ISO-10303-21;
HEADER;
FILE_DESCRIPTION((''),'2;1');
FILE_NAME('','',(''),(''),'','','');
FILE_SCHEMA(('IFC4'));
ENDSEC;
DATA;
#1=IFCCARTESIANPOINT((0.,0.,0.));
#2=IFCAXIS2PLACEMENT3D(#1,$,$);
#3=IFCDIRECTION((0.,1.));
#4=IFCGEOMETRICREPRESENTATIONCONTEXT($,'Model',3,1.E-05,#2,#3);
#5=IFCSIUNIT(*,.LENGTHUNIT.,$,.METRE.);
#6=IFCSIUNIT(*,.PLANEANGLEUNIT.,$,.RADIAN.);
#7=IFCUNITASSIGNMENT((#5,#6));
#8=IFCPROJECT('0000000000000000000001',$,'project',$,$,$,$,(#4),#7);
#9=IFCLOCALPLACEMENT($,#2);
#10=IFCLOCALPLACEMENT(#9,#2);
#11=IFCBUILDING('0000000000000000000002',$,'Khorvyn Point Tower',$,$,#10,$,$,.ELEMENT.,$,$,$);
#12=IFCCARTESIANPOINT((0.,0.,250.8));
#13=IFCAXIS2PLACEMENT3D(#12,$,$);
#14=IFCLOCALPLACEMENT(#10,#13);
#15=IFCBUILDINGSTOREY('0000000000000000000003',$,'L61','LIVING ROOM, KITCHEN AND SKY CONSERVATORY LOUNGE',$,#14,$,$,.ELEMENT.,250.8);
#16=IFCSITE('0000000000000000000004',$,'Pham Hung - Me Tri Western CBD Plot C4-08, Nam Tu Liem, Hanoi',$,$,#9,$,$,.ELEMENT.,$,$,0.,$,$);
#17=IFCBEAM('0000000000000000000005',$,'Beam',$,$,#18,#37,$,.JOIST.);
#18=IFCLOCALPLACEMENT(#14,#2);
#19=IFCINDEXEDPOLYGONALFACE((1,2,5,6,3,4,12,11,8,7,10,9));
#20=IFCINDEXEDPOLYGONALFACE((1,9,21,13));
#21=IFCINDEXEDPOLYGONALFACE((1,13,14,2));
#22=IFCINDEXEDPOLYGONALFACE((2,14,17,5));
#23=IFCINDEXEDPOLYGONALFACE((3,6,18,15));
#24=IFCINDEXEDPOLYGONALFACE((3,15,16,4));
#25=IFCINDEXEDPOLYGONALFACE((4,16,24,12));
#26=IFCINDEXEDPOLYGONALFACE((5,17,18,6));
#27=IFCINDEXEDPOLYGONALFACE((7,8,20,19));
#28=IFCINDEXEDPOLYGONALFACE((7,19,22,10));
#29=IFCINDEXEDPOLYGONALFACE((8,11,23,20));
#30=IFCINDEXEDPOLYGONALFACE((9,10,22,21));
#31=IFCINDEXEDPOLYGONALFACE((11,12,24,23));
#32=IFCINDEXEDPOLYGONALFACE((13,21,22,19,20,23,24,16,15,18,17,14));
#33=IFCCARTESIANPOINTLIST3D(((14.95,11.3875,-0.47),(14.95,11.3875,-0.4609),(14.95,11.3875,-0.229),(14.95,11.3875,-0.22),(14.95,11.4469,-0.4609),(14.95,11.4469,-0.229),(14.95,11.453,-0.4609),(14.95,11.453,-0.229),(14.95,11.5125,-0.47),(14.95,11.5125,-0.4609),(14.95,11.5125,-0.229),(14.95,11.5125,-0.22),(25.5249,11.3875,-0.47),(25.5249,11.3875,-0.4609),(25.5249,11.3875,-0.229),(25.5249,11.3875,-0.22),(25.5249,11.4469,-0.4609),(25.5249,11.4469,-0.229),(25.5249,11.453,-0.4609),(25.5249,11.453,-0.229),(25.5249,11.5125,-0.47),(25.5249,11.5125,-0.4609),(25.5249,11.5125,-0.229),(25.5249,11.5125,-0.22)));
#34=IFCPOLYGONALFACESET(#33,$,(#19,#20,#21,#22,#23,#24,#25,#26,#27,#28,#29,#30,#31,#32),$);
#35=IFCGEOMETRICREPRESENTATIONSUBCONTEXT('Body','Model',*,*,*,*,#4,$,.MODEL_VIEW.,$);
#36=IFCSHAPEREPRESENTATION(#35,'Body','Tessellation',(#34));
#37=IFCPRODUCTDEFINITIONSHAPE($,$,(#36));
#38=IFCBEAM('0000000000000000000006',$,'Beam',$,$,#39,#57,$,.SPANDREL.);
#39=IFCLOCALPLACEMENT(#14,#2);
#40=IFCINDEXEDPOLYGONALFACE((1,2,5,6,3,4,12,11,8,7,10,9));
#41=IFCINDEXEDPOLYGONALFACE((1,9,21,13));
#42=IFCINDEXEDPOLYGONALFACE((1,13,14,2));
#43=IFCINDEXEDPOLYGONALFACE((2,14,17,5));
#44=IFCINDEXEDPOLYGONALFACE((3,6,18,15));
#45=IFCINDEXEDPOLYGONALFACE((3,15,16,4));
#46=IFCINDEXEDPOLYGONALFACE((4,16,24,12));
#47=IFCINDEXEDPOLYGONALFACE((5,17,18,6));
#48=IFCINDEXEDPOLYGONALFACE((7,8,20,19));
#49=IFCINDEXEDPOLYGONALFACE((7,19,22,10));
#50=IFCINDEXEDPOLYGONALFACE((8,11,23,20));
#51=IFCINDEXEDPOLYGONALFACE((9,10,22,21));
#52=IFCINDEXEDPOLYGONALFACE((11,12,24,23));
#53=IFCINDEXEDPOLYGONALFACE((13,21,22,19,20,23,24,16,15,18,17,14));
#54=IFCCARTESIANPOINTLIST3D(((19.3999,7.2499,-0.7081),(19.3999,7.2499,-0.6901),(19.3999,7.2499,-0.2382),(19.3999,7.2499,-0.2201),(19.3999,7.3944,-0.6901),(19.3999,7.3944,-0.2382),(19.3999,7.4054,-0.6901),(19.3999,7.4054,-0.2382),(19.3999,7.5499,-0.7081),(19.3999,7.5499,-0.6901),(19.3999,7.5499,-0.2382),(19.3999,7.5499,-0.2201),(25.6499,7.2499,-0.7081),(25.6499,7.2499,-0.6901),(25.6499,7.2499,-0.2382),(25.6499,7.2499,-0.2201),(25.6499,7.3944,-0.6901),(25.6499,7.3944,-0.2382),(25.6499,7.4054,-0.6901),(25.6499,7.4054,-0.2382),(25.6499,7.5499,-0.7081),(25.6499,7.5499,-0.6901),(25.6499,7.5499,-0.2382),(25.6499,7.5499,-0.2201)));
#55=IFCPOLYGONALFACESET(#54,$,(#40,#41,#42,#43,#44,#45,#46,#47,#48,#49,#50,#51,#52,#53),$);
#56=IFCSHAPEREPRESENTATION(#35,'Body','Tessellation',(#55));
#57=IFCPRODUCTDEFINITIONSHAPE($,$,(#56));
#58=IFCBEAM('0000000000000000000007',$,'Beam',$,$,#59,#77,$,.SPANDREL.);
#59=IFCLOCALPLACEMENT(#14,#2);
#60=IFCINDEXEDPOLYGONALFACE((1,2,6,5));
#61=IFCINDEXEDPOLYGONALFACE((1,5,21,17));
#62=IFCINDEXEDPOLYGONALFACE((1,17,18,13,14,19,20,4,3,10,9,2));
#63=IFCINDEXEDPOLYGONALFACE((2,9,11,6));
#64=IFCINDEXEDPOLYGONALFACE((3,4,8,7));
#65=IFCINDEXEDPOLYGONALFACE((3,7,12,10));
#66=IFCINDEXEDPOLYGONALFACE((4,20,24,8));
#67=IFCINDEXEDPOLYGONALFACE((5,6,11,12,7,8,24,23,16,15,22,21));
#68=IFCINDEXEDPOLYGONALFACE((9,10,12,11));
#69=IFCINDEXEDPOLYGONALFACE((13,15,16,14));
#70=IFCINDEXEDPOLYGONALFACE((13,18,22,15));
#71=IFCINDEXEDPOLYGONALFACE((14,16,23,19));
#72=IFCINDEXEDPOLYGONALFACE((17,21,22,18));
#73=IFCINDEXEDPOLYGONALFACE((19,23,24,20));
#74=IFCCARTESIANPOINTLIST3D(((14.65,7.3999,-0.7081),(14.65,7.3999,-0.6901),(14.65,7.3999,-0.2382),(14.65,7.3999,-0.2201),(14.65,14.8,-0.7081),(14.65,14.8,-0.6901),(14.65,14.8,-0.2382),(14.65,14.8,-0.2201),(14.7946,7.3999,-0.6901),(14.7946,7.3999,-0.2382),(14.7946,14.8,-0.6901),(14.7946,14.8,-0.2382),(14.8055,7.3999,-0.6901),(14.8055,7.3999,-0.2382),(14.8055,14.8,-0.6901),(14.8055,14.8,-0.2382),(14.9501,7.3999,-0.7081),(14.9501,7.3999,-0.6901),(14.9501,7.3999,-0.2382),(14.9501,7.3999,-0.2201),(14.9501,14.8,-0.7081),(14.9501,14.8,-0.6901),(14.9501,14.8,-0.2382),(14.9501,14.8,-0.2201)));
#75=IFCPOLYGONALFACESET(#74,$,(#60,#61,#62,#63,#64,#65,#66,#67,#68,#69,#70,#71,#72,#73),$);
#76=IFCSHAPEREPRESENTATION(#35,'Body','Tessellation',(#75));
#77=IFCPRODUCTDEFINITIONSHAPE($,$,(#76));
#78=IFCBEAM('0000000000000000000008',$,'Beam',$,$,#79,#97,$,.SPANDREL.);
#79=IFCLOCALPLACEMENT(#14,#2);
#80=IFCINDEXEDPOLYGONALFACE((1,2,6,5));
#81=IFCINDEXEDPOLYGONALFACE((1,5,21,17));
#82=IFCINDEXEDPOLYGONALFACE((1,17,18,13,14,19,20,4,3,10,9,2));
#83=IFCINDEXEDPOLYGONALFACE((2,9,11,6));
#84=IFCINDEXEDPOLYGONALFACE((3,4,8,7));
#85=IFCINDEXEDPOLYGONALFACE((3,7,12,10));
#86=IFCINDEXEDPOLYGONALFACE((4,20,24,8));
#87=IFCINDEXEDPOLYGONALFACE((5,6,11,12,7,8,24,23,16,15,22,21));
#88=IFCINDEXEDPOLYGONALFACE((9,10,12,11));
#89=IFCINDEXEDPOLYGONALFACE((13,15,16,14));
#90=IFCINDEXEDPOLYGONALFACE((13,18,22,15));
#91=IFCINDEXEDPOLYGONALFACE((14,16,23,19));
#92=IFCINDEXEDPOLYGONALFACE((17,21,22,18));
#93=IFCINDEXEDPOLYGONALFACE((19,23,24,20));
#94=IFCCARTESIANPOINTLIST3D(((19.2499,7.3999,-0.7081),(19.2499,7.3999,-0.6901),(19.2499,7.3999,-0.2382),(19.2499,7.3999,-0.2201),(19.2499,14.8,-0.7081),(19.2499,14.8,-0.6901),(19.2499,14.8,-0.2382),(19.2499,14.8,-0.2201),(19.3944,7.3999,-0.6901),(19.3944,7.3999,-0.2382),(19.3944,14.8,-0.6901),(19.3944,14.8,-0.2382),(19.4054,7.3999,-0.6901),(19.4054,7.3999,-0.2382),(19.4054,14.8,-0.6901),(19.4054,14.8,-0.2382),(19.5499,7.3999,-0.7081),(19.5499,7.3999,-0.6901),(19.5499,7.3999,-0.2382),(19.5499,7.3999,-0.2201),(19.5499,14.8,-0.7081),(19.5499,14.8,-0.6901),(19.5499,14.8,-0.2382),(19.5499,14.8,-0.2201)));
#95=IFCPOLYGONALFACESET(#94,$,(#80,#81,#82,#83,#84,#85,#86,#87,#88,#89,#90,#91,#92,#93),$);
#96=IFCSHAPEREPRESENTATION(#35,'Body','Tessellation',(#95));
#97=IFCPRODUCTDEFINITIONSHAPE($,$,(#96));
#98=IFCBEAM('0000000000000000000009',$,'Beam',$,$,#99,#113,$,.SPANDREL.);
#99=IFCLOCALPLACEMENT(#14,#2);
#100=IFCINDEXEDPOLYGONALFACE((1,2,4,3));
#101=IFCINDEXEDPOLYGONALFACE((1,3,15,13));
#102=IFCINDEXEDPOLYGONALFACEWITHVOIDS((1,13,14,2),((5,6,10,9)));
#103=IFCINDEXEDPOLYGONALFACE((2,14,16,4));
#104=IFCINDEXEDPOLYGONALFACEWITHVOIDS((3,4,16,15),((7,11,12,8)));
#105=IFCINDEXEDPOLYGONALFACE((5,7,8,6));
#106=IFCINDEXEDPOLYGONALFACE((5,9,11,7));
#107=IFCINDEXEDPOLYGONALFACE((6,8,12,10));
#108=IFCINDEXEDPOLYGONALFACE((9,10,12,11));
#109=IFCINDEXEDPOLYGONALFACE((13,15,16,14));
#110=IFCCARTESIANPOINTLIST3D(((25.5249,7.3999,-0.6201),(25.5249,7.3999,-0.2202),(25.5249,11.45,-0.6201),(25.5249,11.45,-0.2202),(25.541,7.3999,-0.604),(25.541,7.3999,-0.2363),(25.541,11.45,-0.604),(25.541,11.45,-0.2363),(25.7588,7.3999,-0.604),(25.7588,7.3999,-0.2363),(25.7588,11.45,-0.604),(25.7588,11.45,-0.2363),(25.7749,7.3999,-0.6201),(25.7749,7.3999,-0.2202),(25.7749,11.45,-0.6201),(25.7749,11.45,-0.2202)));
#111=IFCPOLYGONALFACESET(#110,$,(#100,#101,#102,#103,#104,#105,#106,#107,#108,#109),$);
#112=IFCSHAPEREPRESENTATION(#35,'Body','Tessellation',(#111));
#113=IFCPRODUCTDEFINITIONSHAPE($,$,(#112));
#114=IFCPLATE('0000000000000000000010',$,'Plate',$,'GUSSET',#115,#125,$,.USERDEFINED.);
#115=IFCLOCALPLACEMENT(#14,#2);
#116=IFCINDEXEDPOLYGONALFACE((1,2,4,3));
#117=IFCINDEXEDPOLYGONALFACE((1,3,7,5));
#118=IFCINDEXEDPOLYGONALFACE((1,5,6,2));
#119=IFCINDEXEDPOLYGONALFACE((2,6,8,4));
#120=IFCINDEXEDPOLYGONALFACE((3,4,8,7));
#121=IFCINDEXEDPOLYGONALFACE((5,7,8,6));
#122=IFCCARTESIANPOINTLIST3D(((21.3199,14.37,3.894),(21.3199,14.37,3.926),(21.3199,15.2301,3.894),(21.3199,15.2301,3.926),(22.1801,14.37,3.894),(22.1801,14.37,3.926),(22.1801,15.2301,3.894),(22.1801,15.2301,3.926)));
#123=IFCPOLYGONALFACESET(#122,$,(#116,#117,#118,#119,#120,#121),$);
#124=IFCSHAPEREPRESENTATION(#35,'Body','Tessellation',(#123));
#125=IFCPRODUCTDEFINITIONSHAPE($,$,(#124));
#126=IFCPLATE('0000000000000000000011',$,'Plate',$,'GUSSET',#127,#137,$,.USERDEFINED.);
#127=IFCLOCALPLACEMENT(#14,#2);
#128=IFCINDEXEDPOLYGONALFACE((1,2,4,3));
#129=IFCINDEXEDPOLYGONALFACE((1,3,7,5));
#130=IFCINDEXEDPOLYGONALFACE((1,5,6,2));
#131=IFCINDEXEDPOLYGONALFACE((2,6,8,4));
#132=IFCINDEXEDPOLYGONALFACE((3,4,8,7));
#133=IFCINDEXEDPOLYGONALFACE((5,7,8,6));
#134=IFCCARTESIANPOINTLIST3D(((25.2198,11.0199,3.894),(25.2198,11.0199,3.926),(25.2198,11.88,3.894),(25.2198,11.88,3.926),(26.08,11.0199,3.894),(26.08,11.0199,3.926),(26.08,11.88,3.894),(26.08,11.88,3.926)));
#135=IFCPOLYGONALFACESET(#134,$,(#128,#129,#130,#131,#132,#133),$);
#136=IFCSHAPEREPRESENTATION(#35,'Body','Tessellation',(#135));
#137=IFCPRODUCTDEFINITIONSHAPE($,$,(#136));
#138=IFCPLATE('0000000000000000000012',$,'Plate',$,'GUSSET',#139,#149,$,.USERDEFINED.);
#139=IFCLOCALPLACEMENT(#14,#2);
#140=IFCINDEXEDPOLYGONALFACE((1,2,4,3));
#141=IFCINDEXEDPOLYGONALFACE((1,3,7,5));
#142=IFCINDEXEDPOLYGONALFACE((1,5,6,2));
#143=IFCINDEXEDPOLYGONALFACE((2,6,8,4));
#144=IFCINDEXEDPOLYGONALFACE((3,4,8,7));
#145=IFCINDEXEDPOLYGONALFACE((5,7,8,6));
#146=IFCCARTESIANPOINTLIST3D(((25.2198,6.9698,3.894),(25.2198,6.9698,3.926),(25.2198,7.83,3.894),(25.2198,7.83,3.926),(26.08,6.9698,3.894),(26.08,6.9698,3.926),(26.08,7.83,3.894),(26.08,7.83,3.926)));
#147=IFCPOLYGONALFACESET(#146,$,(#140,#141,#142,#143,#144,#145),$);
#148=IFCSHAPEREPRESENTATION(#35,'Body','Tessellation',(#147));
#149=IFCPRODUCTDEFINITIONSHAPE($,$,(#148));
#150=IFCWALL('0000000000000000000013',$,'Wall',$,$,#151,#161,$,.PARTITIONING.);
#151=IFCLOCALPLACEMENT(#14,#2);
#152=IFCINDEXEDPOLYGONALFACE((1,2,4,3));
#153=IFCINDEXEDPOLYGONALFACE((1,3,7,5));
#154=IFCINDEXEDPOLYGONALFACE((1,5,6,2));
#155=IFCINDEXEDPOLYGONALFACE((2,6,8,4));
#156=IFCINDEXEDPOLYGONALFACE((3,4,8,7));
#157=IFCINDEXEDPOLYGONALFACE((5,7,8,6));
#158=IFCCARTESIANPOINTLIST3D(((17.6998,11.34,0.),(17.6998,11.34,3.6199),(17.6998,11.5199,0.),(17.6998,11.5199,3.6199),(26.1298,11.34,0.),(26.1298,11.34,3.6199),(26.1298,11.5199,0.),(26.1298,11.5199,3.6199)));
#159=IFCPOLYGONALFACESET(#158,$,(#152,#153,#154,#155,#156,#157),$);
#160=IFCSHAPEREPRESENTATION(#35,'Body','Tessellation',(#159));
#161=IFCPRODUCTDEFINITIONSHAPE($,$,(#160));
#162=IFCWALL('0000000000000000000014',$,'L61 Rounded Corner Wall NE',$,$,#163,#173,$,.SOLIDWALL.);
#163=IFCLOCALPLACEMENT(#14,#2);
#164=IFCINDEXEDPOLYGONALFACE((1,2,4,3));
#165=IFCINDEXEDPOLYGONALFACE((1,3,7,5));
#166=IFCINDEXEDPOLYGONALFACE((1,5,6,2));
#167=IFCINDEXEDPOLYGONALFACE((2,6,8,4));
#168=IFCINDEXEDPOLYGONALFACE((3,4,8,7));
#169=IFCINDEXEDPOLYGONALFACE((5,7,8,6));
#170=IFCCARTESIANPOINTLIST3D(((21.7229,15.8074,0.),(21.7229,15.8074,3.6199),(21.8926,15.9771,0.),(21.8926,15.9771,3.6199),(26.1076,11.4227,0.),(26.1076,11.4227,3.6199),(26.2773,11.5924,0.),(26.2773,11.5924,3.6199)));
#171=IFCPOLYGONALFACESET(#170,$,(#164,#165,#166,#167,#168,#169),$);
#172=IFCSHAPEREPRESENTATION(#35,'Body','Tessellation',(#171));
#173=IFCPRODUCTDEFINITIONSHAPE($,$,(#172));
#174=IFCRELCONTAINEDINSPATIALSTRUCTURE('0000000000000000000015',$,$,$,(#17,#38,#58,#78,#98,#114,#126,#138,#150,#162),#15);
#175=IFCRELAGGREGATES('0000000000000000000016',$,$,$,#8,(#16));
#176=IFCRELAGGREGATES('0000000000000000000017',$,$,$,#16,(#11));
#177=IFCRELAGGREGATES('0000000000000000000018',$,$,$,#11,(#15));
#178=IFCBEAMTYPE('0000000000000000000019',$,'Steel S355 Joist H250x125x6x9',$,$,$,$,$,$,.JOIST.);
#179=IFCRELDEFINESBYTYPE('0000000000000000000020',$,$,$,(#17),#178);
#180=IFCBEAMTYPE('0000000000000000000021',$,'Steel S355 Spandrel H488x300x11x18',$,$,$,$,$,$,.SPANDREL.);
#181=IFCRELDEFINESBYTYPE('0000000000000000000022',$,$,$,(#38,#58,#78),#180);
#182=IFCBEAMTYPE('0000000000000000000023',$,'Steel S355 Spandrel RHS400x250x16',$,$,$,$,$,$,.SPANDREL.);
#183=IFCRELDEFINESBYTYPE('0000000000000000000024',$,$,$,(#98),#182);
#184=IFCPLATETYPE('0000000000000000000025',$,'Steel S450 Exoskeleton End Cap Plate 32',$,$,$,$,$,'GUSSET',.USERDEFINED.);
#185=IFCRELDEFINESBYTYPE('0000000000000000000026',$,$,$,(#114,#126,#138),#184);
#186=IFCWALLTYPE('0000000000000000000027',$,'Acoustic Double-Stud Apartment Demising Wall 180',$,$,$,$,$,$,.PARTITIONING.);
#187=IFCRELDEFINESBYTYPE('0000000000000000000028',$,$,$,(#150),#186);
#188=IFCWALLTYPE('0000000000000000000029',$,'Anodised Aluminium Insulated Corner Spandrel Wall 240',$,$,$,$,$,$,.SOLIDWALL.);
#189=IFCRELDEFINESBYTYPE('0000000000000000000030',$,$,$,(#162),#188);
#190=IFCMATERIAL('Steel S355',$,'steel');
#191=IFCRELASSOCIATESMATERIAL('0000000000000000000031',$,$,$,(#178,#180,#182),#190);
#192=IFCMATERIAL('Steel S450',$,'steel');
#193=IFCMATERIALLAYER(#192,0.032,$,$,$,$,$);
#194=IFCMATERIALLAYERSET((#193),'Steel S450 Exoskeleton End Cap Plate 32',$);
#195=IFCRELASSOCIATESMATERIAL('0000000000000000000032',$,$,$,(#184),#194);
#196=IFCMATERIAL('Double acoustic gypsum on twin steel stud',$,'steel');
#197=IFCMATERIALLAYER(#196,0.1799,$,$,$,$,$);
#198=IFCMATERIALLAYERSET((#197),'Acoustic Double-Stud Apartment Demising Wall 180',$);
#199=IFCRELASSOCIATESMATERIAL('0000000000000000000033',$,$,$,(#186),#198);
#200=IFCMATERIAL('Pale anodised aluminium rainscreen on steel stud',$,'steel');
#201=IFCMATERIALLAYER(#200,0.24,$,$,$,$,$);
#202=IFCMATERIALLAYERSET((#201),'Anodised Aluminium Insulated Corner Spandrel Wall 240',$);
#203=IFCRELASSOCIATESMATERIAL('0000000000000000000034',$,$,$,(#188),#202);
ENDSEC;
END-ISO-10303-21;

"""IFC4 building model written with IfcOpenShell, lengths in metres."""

from ifc_helpers import new_model, si_unit, direction, frame, frame_2d, origin, origin_2d, place, context, subcontext, project, spatial, rectangle, hollow_rectangle, i_section, extrude, material, layer, layer_set, material_profile, profile_set, type_object, element, save


model = new_model("IFC4")

# Units and contexts
model_context = context("Model", 3, precision=1e-05, world=origin(), true_north=direction((0.0, 1.0)))
body_context = subcontext(model_context, "Body", "Model", "MODEL_VIEW")
ifc_project = project(units=[si_unit("LENGTHUNIT", "METRE"), si_unit("PLANEANGLEUNIT", "RADIAN")], contexts=[model_context])

# Site, building, storey
site_placement = place(None, origin())
site = spatial("IfcSite", under=ifc_project, at=site_placement, Name="Pham Hung - Me Tri Western CBD Plot C4-08, Nam Tu Liem, Hanoi", CompositionType="ELEMENT", RefElevation=0.0)
building_placement = place(site_placement, origin())
building = spatial("IfcBuilding", under=site, at=building_placement, Name="Khorvyn Point Tower", CompositionType="ELEMENT")
storey_placement = place(building_placement, frame((0.0, 0.0, 250.8)))
storey = spatial("IfcBuildingStorey", under=building, at=storey_placement, Name="L61", Description="LIVING ROOM, KITCHEN AND SKY CONSERVATORY LOUNGE", CompositionType="ELEMENT", Elevation=250.8)

# Shared definitions
ifc_material_1 = material(Name="Steel S450", Category="steel")

# Beams
ifc_material_2 = material(Name="Steel S355", Category="steel")
ifc_material_profile_1 = material_profile(ifc_material_2, i_section(OverallWidth=0.125, OverallDepth=0.25, WebThickness=0.0061, FlangeThickness=0.009, at=origin_2d()))
ifc_profile_set_1 = profile_set([ifc_material_profile_1], Name="Steel S355 H250x125x6x9")
beam_type_1 = type_object("IfcBeamType", Name="Steel S355 Joist H250x125x6x9", PredefinedType="JOIST", material=ifc_profile_set_1)
beam_1_placement = place(storey_placement, frame((14.95, 11.45, -0.345), z_axis=(1.0, 0.0, 0.0), x_axis=(0.0, 1.0, 0.0)))
element("IfcBeam", 1, at=beam_1_placement, inside=storey, type_object=beam_type_1, Name="Beam", PredefinedType="JOIST", context=body_context, shape_type="SweptSolid", body=[
    extrude(i_section(OverallWidth=0.125, OverallDepth=0.25, WebThickness=0.0061, FlangeThickness=0.009, at=origin_2d()), origin(), (0.0, 0.0, 1.0), 10.575),
])
ifc_material_profile_2 = material_profile(ifc_material_2, i_section(OverallWidth=0.3, OverallDepth=0.488, WebThickness=0.011, FlangeThickness=0.0181, at=origin_2d()))
ifc_profile_set_2 = profile_set([ifc_material_profile_2], Name="Steel S355 H488x300x11x18")
beam_type_2 = type_object("IfcBeamType", Name="Steel S355 Spandrel H488x300x11x18", PredefinedType="SPANDREL", material=ifc_profile_set_2)
beam_2_placement = place(storey_placement, frame((19.3999, 7.3999, -0.4641), z_axis=(1.0, 0.0, 0.0), x_axis=(0.0, 1.0, 0.0)))
element("IfcBeam", 2, at=beam_2_placement, inside=storey, type_object=beam_type_2, Name="Beam", PredefinedType="SPANDREL", context=body_context, shape_type="SweptSolid", body=[
    extrude(i_section(OverallWidth=0.3, OverallDepth=0.488, WebThickness=0.011, FlangeThickness=0.0181, at=origin_2d()), origin(), (0.0, 0.0, 1.0), 6.25),
])
for number, where, z_axis, x_axis, name in (
    (3, (14.8, 7.3999, -0.4641), (0.0, 1.0, 0.0), (-1.0, 0.0, 0.0), "Beam"),
    (4, (19.3999, 7.3999, -0.4641), (0.0, 1.0, 0.0), (-1.0, 0.0, 0.0), "Beam"),
):
    element("IfcBeam", number, at=place(storey_placement, frame(where, z_axis=z_axis, x_axis=x_axis)), inside=storey, type_object=beam_type_2, Name=name, PredefinedType="SPANDREL", context=body_context, shape_type="SweptSolid", body=[
        extrude(i_section(OverallWidth=0.3, OverallDepth=0.488, WebThickness=0.011, FlangeThickness=0.0181, at=origin_2d()), origin(), (0.0, 0.0, 1.0), 7.4001),
    ])
ifc_material_profile_3 = material_profile(ifc_material_2, hollow_rectangle(XDim=0.25, YDim=0.3999, WallThickness=0.0161, at=origin_2d()))
ifc_profile_set_3 = profile_set([ifc_material_profile_3], Name="Steel S355 RHS400x250x16")
beam_type_3 = type_object("IfcBeamType", Name="Steel S355 Spandrel RHS400x250x16", PredefinedType="SPANDREL", material=ifc_profile_set_3)
beam_3_placement = place(storey_placement, frame((25.6499, 7.3999, -0.4202), z_axis=(0.0, 1.0, 0.0), x_axis=(-1.0, 0.0, 0.0)))
element("IfcBeam", 5, at=beam_3_placement, inside=storey, type_object=beam_type_3, Name="Beam", PredefinedType="SPANDREL", context=body_context, shape_type="SweptSolid", body=[
    extrude(hollow_rectangle(XDim=0.25, YDim=0.3999, WallThickness=0.0161, at=origin_2d()), origin(), (0.0, 0.0, 1.0), 4.05),
])

# Plates
ifc_layer_1 = layer(ifc_material_1, 0.032)
ifc_layer_set_1 = layer_set([ifc_layer_1], Name="Steel S450 Exoskeleton End Cap Plate 32")
plate_type = type_object("IfcPlateType", Name="Steel S450 Exoskeleton End Cap Plate 32", ElementType="GUSSET", PredefinedType="USERDEFINED", material=ifc_layer_set_1)
for number, where, z_axis, x_axis, name in (
    (6, (21.75, 14.8, 3.894), (0.0, 0.0, 1.0), (1.0, 0.0, 0.0), "Plate"),
    (7, (25.6499, 11.45, 3.894), (0.0, 0.0, 1.0), (1.0, 0.0, 0.0), "Plate"),
    (8, (25.6499, 7.3999, 3.894), (0.0, 0.0, 1.0), (1.0, 0.0, 0.0), "Plate"),
):
    element("IfcPlate", number, at=place(storey_placement, frame(where, z_axis=z_axis, x_axis=x_axis)), inside=storey, type_object=plate_type, Name=name, ObjectType="GUSSET", PredefinedType="USERDEFINED", context=body_context, shape_type="SweptSolid", body=[
        extrude(rectangle(XDim=0.8601, YDim=0.8601, at=origin_2d()), origin(), (0.0, 0.0, 1.0), 0.032),
    ])

# Walls
ifc_material_3 = material(Name="Double acoustic gypsum on twin steel stud", Category="steel")
ifc_layer_2 = layer(ifc_material_3, 0.1799)
ifc_layer_set_2 = layer_set([ifc_layer_2], Name="Acoustic Double-Stud Apartment Demising Wall 180")
wall_type_1 = type_object("IfcWallType", Name="Acoustic Double-Stud Apartment Demising Wall 180", PredefinedType="PARTITIONING", material=ifc_layer_set_2)
wall_1_placement = place(storey_placement, frame((17.7, 11.4299, 0.0), z_axis=(0.0, 0.0, 1.0), x_axis=(1.0, 0.0, 0.0)))
element("IfcWall", 9, at=wall_1_placement, inside=storey, type_object=wall_type_1, Name="Wall", PredefinedType="PARTITIONING", context=body_context, shape_type="SweptSolid", body=[
    extrude(rectangle(XDim=8.4299, YDim=0.1799, at=frame_2d((4.2148, 0.0))), origin(), (0.0, 0.0, 1.0), 3.6199),
])
ifc_material_4 = material(Name="Pale anodised aluminium rainscreen on steel stud", Category="steel")
ifc_layer_3 = layer(ifc_material_4, 0.24)
ifc_layer_set_3 = layer_set([ifc_layer_3], Name="Anodised Aluminium Insulated Corner Spandrel Wall 240")
wall_type_2 = type_object("IfcWallType", Name="Anodised Aluminium Insulated Corner Spandrel Wall 240", PredefinedType="SOLIDWALL", material=ifc_layer_set_3)
wall_2_placement = place(storey_placement, frame((21.8076, 15.8923, 0.0), z_axis=(0.0, 0.0, 1.0), x_axis=(0.707107, -0.707107, 0.0)))
element("IfcWall", 10, at=wall_2_placement, inside=storey, type_object=wall_type_2, Name="L61 Rounded Corner Wall NE", PredefinedType="SOLIDWALL", context=body_context, shape_type="SweptSolid", body=[
    extrude(rectangle(XDim=6.2009, YDim=0.24, at=frame_2d((3.1006, 0.0))), origin(), (0.0, 0.0, 1.0), 3.6199),
])

save(model, "model.ifc")
